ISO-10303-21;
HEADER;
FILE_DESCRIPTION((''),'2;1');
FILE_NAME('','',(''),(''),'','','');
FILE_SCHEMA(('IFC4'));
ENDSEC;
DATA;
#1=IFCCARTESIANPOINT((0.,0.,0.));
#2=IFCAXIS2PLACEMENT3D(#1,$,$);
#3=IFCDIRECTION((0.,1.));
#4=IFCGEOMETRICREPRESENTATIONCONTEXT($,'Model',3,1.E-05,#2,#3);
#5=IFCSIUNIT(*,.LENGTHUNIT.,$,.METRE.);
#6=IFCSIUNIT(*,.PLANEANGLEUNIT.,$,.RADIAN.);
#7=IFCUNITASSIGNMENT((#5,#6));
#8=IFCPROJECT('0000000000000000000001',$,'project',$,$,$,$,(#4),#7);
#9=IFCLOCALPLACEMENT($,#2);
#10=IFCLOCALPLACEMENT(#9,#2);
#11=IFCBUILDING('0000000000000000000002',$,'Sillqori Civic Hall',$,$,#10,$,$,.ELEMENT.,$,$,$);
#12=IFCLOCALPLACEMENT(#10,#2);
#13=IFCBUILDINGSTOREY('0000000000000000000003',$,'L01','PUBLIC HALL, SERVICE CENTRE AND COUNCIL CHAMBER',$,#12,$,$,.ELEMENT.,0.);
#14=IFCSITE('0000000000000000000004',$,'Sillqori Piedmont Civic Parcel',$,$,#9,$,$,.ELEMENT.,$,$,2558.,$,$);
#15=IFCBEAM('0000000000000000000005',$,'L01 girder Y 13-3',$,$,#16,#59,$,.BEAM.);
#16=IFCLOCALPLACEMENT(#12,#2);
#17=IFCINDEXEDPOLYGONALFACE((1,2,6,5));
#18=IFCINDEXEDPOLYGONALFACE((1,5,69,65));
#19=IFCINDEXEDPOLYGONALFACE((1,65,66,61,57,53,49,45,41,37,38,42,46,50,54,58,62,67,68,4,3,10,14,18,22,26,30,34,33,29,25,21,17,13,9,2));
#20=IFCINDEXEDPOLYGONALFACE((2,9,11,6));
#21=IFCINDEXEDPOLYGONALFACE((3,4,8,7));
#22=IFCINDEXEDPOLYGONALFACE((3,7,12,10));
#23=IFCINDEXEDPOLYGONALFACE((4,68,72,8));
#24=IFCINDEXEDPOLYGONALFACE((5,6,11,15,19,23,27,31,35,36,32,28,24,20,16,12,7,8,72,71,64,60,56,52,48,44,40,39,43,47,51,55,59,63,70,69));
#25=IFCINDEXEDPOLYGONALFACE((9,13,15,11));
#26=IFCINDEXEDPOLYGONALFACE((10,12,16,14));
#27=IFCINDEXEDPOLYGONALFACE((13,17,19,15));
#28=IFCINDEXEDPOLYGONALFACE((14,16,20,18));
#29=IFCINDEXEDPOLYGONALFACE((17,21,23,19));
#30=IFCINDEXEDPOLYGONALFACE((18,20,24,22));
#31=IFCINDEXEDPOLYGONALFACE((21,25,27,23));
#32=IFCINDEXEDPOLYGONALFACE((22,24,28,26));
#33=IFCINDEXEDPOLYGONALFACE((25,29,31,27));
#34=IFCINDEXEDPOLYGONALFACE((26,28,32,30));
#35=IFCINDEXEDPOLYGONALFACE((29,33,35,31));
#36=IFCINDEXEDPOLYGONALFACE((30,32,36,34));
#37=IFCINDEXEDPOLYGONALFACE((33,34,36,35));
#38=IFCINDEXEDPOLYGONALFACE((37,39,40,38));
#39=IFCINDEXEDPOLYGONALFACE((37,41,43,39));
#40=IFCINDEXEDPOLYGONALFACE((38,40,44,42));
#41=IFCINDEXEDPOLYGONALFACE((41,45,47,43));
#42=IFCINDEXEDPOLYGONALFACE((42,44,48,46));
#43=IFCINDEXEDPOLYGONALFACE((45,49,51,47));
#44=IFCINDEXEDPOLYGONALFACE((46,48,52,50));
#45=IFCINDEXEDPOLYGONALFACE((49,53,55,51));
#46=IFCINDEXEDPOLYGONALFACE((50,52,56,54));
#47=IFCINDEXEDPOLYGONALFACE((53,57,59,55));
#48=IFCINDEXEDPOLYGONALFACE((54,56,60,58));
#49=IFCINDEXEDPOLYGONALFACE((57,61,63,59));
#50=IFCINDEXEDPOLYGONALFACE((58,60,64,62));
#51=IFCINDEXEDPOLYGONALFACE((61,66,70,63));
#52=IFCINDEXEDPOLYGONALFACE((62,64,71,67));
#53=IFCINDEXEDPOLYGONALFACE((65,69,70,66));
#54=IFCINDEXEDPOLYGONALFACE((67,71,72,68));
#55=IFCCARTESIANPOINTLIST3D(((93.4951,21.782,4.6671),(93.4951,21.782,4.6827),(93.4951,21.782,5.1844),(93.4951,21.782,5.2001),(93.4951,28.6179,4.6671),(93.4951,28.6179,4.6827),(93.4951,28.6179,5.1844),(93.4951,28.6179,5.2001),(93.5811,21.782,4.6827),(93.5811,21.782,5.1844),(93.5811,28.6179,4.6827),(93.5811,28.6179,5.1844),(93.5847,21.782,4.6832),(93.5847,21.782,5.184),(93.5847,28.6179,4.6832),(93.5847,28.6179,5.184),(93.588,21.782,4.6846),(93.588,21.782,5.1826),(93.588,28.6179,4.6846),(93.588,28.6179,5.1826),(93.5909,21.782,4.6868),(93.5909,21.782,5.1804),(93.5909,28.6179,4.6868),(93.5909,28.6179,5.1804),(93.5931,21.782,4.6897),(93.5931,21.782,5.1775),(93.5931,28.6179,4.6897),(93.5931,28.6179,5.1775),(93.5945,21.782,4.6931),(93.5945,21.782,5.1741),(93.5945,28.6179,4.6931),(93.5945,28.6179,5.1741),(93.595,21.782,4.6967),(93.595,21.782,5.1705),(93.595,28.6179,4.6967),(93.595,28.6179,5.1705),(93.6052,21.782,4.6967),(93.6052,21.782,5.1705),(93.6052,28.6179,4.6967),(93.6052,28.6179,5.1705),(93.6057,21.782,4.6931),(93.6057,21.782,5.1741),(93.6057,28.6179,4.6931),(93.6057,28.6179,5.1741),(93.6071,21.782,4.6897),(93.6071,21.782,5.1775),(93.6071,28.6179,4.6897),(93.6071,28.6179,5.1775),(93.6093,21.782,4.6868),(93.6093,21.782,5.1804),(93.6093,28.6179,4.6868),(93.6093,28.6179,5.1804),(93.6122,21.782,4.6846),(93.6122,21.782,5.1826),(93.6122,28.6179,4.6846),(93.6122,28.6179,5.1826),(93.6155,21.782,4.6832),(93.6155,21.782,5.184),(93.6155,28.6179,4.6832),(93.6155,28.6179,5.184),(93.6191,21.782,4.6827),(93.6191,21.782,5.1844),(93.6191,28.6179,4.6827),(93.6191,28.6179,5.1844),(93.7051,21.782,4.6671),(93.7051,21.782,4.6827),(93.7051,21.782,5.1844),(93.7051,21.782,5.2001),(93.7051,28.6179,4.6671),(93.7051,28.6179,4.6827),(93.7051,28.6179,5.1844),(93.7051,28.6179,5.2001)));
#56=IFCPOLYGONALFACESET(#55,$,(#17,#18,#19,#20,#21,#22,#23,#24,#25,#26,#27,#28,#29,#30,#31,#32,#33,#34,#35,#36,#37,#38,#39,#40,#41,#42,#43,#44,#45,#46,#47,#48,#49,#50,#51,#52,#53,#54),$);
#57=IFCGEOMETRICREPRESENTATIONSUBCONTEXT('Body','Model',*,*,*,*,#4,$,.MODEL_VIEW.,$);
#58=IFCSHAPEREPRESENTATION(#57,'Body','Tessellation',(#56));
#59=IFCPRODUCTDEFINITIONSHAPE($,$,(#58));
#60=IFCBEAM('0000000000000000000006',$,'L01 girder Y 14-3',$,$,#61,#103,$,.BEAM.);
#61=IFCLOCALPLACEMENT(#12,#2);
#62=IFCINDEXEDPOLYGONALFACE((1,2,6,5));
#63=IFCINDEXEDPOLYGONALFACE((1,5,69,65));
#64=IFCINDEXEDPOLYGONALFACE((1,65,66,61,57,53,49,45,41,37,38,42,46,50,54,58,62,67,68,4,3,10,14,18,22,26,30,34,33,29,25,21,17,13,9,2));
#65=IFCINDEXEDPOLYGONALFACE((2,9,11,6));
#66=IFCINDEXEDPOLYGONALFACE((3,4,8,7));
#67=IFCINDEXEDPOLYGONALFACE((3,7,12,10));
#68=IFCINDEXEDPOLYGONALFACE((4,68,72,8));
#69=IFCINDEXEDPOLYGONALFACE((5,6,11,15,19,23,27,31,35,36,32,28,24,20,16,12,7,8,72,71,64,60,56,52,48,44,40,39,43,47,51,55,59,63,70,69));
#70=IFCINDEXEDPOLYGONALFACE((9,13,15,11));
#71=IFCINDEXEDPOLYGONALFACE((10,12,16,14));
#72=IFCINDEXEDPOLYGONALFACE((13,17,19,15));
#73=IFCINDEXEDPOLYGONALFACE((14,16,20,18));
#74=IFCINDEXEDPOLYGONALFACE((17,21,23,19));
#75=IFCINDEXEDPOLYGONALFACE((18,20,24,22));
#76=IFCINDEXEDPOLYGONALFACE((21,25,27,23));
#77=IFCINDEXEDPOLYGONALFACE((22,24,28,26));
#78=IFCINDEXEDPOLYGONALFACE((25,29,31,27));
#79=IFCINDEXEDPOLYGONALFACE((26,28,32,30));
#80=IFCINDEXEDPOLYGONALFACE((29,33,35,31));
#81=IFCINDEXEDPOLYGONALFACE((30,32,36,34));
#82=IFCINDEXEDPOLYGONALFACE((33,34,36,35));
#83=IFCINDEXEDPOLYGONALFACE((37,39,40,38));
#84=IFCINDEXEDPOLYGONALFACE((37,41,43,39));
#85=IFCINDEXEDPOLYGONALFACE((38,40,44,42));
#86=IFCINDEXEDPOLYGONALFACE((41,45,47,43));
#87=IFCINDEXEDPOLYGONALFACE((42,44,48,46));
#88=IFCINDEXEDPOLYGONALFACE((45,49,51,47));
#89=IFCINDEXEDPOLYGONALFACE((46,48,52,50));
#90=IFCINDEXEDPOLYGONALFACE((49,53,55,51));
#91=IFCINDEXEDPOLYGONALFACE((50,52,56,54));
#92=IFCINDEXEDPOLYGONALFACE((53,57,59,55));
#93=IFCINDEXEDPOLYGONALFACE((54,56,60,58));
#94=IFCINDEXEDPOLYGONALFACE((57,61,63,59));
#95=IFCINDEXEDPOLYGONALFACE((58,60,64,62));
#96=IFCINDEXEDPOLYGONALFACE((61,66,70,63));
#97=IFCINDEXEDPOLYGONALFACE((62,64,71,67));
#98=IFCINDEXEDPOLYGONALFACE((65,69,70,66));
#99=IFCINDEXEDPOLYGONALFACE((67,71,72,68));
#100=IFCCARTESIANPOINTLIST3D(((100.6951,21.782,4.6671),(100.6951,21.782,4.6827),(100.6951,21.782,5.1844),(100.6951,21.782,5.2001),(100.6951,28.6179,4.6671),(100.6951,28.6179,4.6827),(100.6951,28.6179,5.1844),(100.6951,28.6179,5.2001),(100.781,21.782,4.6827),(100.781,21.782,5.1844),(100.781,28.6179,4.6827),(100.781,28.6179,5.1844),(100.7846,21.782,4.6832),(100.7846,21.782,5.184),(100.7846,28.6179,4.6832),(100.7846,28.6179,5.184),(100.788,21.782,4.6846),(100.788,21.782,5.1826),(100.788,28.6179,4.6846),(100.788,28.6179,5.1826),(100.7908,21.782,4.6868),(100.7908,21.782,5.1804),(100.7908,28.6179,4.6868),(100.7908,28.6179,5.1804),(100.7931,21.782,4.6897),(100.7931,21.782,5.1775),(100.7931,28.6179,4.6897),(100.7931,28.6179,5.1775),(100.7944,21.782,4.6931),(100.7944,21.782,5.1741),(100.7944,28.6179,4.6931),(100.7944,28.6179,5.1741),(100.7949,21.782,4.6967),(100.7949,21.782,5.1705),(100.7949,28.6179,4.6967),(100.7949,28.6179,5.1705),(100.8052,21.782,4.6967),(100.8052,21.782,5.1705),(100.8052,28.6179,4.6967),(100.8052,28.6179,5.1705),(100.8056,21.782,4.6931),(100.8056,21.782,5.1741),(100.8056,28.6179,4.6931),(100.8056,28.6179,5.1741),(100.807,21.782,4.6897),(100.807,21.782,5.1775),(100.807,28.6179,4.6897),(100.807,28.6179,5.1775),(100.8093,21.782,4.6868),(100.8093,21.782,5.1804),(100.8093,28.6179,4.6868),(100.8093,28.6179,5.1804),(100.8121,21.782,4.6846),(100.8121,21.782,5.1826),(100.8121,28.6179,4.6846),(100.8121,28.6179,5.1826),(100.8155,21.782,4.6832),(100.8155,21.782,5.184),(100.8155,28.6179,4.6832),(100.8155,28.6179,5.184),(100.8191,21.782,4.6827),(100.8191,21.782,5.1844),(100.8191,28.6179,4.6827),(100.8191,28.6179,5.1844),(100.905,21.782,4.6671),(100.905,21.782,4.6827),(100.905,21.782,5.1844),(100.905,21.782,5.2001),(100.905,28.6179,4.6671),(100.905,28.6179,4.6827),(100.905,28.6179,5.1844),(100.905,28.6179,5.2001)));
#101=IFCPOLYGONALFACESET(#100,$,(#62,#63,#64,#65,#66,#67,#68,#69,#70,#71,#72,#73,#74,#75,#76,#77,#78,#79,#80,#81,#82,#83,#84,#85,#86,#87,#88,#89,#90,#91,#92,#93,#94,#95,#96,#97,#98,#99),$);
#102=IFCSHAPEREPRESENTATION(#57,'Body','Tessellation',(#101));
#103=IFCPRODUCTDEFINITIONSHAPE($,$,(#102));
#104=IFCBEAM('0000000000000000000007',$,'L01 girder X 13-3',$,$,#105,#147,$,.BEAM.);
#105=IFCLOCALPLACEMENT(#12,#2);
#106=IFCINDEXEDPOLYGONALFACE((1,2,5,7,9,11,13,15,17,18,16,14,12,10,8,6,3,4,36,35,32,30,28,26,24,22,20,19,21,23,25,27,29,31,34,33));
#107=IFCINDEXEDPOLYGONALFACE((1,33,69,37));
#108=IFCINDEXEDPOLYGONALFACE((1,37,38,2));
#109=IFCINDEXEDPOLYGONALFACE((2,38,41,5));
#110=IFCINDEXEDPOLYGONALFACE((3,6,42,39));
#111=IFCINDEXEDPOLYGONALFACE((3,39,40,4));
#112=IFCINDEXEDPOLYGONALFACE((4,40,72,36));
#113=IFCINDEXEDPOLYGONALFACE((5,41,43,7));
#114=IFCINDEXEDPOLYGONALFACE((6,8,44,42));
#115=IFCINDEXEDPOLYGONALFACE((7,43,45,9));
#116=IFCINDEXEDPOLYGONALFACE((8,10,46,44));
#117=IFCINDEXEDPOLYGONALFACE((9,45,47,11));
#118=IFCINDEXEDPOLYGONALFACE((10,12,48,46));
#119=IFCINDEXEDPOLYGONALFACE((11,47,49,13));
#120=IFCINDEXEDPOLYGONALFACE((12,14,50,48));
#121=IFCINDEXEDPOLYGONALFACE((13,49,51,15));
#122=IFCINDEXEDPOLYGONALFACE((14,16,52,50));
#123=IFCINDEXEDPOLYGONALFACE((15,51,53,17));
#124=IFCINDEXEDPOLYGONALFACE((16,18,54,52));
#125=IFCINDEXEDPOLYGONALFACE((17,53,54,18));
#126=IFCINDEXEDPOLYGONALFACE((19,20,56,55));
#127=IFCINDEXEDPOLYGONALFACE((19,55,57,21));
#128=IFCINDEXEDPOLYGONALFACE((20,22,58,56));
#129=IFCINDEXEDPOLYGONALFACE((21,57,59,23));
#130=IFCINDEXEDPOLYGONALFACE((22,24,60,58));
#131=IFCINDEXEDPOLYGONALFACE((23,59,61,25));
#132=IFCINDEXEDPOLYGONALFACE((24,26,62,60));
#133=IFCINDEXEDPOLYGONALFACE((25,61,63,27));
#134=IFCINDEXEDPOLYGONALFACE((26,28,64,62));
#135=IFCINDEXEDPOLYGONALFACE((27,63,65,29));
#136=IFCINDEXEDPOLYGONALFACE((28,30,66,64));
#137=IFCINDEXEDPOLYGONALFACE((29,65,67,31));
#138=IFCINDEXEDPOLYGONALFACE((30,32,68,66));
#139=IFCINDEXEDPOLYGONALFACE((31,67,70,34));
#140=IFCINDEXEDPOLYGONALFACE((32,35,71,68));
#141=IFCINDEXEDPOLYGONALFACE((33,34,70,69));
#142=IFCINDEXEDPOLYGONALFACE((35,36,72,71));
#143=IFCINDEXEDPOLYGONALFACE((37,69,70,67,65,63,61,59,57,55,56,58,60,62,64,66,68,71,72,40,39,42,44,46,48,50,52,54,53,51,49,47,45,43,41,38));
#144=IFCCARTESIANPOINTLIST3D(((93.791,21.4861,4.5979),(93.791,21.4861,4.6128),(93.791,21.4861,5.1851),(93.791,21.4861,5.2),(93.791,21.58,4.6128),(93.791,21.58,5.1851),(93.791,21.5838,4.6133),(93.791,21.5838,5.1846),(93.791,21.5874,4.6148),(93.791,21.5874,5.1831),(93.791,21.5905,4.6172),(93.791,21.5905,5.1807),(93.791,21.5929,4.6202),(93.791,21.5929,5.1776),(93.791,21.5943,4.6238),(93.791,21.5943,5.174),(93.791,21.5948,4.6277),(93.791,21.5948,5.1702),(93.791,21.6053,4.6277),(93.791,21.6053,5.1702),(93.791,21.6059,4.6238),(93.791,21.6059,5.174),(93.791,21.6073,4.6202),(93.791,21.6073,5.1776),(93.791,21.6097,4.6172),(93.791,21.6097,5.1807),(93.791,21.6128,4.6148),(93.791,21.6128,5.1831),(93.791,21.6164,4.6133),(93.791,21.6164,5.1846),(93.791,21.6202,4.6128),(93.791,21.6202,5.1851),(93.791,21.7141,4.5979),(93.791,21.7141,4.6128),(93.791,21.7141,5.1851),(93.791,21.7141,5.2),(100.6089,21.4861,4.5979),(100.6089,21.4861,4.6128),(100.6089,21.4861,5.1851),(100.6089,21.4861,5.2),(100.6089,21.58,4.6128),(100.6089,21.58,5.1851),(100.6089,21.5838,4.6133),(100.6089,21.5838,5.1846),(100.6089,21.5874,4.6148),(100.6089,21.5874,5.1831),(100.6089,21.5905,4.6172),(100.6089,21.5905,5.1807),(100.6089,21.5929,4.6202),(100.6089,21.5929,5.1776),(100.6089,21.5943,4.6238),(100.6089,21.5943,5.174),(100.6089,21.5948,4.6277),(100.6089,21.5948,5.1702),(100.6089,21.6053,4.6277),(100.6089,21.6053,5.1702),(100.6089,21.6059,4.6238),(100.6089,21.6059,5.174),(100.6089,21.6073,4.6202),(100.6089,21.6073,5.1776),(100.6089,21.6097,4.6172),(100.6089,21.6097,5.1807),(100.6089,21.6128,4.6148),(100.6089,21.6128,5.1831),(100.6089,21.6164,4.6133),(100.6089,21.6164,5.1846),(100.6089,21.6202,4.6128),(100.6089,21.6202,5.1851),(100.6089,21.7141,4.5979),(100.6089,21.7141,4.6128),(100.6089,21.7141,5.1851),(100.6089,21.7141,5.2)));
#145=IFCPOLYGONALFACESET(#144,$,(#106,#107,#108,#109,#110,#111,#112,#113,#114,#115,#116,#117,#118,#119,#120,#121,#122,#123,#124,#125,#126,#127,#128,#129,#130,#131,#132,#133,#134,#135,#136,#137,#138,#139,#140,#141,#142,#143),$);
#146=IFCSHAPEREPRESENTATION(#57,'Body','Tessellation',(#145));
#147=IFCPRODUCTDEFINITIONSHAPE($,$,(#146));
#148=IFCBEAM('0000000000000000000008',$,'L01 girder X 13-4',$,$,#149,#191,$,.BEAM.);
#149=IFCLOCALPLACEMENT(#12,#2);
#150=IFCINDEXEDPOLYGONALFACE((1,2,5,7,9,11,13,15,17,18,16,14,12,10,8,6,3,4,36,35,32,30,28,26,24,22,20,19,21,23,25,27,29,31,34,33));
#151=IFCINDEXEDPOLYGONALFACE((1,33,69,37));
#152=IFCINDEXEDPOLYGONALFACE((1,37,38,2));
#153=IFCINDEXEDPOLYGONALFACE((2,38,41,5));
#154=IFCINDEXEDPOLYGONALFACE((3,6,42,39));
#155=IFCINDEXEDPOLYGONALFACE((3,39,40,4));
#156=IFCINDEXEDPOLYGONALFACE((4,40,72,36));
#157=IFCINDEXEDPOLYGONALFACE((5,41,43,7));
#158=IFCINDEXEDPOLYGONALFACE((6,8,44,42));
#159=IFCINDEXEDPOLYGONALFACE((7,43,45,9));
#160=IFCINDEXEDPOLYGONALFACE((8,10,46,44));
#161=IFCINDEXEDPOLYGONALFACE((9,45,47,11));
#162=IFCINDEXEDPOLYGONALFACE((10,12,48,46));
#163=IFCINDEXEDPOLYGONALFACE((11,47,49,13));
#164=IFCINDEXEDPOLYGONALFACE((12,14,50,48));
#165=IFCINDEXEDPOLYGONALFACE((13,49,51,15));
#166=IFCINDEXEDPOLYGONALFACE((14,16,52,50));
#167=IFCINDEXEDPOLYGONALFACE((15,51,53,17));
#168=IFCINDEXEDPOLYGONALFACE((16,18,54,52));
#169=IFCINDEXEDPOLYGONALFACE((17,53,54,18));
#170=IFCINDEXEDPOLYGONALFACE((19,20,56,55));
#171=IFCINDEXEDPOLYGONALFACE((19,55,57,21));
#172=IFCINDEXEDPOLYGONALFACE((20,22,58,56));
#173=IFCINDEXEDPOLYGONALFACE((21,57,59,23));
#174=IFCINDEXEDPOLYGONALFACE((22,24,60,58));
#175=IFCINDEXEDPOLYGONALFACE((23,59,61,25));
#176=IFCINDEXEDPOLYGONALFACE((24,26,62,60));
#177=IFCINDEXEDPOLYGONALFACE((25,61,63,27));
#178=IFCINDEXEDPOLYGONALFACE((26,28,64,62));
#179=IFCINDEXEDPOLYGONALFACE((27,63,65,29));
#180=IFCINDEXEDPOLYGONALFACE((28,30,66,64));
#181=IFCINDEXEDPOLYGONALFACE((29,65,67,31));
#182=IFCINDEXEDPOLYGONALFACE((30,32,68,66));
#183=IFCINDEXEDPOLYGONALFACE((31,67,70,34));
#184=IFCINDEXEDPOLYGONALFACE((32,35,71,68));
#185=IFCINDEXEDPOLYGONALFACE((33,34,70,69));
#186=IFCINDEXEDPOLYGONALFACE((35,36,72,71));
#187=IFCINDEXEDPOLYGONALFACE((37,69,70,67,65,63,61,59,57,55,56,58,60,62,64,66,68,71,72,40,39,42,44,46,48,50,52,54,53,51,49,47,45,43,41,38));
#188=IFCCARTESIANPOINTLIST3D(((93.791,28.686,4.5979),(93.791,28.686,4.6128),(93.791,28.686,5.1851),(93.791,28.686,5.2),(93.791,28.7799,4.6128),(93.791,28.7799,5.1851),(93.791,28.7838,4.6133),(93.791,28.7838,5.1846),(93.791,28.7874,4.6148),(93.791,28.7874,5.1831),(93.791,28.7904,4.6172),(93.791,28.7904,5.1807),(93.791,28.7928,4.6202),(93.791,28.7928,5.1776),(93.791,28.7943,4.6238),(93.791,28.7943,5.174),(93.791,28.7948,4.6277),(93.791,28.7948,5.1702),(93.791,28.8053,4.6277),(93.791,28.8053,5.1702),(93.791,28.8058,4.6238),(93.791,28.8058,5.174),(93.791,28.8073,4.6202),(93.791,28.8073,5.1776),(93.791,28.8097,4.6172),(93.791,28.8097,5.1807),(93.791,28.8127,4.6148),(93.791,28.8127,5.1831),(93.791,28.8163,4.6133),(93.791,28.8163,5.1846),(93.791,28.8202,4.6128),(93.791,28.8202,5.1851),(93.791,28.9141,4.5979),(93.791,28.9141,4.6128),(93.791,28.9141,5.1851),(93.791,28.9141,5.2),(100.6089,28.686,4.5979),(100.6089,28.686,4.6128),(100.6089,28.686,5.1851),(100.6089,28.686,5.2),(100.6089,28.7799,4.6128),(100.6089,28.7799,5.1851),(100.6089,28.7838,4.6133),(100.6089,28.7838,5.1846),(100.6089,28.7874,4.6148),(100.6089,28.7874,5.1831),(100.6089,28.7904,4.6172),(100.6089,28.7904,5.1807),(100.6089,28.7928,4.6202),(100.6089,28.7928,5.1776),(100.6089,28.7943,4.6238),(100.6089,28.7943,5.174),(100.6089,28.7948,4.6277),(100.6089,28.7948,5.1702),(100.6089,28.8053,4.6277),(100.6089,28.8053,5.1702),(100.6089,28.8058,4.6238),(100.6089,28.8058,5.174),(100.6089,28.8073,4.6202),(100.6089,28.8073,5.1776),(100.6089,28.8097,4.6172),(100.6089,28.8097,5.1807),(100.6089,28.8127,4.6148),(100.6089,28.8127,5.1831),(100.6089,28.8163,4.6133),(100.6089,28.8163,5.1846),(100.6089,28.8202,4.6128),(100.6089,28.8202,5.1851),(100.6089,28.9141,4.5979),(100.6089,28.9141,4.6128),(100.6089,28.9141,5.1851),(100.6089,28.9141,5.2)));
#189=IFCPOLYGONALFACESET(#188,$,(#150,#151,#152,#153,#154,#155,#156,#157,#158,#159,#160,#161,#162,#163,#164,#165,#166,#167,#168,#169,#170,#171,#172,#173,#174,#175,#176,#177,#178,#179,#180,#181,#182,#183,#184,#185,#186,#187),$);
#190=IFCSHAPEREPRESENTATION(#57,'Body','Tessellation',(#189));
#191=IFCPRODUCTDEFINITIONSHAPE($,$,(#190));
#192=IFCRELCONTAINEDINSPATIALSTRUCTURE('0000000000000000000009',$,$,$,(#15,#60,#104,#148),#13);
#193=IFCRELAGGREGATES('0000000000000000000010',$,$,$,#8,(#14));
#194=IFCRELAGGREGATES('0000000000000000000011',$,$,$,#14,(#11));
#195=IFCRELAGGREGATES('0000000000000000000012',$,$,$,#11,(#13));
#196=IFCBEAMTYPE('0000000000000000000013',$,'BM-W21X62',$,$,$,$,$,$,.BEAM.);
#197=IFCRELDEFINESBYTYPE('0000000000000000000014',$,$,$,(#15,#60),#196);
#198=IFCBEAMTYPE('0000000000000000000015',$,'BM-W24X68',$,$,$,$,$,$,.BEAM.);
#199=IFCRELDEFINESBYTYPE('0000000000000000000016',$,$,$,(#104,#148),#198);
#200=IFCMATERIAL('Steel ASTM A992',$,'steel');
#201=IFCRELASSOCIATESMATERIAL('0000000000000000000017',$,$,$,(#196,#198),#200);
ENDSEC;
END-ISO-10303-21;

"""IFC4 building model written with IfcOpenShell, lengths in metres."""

from ifc_helpers import new_model, si_unit, direction, frame, origin, origin_2d, place, context, subcontext, project, spatial, i_section, extrude, material, material_profile, profile_set, type_object, element, save


model = new_model("IFC4")

# Units and contexts
model_context = context("Model", 3, precision=1e-05, world=origin(), true_north=direction((0.0, 1.0)))
body_context = subcontext(model_context, "Body", "Model", "MODEL_VIEW")
ifc_project = project(units=[si_unit("LENGTHUNIT", "METRE"), si_unit("PLANEANGLEUNIT", "RADIAN")], contexts=[model_context])

# Site, building, storey
site_placement = place(None, origin())
site = spatial("IfcSite", under=ifc_project, at=site_placement, Name="Sillqori Piedmont Civic Parcel", CompositionType="ELEMENT", RefElevation=2558.0)
building_placement = place(site_placement, origin())
building = spatial("IfcBuilding", under=site, at=building_placement, Name="Sillqori Civic Hall", CompositionType="ELEMENT")
storey_placement = place(building_placement, origin())
storey = spatial("IfcBuildingStorey", under=building, at=storey_placement, Name="L01", Description="PUBLIC HALL, SERVICE CENTRE AND COUNCIL CHAMBER", CompositionType="ELEMENT", Elevation=0.0)

# Shared definitions
ifc_material_1 = material(Name="Steel ASTM A992", Category="steel")

# Beams
ifc_material_profile_1 = material_profile(ifc_material_1, i_section(OverallWidth=0.21, OverallDepth=0.533, WebThickness=0.0103, FlangeThickness=0.0156, FilletRadius=0.0139, at=origin_2d()), Name="W21X62")
ifc_profile_set_1 = profile_set([ifc_material_profile_1], Name="Steel ASTM A992")
beam_type_1 = type_object("IfcBeamType", Name="BM-W21X62", PredefinedType="BEAM", material=ifc_profile_set_1)
for number, where, z_axis, x_axis, name in (
    (1, (93.6001, 21.782, 4.9336), (0.0, 1.0, 0.0), (-1.0, 0.0, 0.0), "L01 girder Y 13-3"),
    (2, (100.8, 21.782, 4.9336), (0.0, 1.0, 0.0), (-1.0, 0.0, 0.0), "L01 girder Y 14-3"),
):
    element("IfcBeam", number, at=place(storey_placement, frame(where, z_axis=z_axis, x_axis=x_axis)), inside=storey, type_object=beam_type_1, Name=name, PredefinedType="BEAM", context=body_context, shape_type="SweptSolid", body=[
        extrude(i_section(OverallWidth=0.21, OverallDepth=0.533, WebThickness=0.0103, FlangeThickness=0.0156, FilletRadius=0.0139, at=origin_2d()), origin(), (0.0, 0.0, 1.0), 6.8359),
    ])
ifc_material_profile_2 = material_profile(ifc_material_1, i_section(OverallWidth=0.228, OverallDepth=0.6021, WebThickness=0.0105, FlangeThickness=0.0149, FilletRadius=0.0149, at=origin_2d()), Name="W24X68")
ifc_profile_set_2 = profile_set([ifc_material_profile_2], Name="Steel ASTM A992")
beam_type_2 = type_object("IfcBeamType", Name="BM-W24X68", PredefinedType="BEAM", material=ifc_profile_set_2)
for number, where, z_axis, x_axis, name in (
    (3, (93.791, 21.6001, 4.8989), (1.0, 0.0, 0.0), (0.0, 1.0, 0.0), "L01 girder X 13-3"),
    (4, (93.791, 28.8, 4.8989), (1.0, 0.0, 0.0), (0.0, 1.0, 0.0), "L01 girder X 13-4"),
):
    element("IfcBeam", number, at=place(storey_placement, frame(where, z_axis=z_axis, x_axis=x_axis)), inside=storey, type_object=beam_type_2, Name=name, PredefinedType="BEAM", context=body_context, shape_type="SweptSolid", body=[
        extrude(i_section(OverallWidth=0.228, OverallDepth=0.6021, WebThickness=0.0105, FlangeThickness=0.0149, FilletRadius=0.0149, at=origin_2d()), origin(), (0.0, 0.0, 1.0), 6.8179),
    ])

save(model, "model.ifc")
